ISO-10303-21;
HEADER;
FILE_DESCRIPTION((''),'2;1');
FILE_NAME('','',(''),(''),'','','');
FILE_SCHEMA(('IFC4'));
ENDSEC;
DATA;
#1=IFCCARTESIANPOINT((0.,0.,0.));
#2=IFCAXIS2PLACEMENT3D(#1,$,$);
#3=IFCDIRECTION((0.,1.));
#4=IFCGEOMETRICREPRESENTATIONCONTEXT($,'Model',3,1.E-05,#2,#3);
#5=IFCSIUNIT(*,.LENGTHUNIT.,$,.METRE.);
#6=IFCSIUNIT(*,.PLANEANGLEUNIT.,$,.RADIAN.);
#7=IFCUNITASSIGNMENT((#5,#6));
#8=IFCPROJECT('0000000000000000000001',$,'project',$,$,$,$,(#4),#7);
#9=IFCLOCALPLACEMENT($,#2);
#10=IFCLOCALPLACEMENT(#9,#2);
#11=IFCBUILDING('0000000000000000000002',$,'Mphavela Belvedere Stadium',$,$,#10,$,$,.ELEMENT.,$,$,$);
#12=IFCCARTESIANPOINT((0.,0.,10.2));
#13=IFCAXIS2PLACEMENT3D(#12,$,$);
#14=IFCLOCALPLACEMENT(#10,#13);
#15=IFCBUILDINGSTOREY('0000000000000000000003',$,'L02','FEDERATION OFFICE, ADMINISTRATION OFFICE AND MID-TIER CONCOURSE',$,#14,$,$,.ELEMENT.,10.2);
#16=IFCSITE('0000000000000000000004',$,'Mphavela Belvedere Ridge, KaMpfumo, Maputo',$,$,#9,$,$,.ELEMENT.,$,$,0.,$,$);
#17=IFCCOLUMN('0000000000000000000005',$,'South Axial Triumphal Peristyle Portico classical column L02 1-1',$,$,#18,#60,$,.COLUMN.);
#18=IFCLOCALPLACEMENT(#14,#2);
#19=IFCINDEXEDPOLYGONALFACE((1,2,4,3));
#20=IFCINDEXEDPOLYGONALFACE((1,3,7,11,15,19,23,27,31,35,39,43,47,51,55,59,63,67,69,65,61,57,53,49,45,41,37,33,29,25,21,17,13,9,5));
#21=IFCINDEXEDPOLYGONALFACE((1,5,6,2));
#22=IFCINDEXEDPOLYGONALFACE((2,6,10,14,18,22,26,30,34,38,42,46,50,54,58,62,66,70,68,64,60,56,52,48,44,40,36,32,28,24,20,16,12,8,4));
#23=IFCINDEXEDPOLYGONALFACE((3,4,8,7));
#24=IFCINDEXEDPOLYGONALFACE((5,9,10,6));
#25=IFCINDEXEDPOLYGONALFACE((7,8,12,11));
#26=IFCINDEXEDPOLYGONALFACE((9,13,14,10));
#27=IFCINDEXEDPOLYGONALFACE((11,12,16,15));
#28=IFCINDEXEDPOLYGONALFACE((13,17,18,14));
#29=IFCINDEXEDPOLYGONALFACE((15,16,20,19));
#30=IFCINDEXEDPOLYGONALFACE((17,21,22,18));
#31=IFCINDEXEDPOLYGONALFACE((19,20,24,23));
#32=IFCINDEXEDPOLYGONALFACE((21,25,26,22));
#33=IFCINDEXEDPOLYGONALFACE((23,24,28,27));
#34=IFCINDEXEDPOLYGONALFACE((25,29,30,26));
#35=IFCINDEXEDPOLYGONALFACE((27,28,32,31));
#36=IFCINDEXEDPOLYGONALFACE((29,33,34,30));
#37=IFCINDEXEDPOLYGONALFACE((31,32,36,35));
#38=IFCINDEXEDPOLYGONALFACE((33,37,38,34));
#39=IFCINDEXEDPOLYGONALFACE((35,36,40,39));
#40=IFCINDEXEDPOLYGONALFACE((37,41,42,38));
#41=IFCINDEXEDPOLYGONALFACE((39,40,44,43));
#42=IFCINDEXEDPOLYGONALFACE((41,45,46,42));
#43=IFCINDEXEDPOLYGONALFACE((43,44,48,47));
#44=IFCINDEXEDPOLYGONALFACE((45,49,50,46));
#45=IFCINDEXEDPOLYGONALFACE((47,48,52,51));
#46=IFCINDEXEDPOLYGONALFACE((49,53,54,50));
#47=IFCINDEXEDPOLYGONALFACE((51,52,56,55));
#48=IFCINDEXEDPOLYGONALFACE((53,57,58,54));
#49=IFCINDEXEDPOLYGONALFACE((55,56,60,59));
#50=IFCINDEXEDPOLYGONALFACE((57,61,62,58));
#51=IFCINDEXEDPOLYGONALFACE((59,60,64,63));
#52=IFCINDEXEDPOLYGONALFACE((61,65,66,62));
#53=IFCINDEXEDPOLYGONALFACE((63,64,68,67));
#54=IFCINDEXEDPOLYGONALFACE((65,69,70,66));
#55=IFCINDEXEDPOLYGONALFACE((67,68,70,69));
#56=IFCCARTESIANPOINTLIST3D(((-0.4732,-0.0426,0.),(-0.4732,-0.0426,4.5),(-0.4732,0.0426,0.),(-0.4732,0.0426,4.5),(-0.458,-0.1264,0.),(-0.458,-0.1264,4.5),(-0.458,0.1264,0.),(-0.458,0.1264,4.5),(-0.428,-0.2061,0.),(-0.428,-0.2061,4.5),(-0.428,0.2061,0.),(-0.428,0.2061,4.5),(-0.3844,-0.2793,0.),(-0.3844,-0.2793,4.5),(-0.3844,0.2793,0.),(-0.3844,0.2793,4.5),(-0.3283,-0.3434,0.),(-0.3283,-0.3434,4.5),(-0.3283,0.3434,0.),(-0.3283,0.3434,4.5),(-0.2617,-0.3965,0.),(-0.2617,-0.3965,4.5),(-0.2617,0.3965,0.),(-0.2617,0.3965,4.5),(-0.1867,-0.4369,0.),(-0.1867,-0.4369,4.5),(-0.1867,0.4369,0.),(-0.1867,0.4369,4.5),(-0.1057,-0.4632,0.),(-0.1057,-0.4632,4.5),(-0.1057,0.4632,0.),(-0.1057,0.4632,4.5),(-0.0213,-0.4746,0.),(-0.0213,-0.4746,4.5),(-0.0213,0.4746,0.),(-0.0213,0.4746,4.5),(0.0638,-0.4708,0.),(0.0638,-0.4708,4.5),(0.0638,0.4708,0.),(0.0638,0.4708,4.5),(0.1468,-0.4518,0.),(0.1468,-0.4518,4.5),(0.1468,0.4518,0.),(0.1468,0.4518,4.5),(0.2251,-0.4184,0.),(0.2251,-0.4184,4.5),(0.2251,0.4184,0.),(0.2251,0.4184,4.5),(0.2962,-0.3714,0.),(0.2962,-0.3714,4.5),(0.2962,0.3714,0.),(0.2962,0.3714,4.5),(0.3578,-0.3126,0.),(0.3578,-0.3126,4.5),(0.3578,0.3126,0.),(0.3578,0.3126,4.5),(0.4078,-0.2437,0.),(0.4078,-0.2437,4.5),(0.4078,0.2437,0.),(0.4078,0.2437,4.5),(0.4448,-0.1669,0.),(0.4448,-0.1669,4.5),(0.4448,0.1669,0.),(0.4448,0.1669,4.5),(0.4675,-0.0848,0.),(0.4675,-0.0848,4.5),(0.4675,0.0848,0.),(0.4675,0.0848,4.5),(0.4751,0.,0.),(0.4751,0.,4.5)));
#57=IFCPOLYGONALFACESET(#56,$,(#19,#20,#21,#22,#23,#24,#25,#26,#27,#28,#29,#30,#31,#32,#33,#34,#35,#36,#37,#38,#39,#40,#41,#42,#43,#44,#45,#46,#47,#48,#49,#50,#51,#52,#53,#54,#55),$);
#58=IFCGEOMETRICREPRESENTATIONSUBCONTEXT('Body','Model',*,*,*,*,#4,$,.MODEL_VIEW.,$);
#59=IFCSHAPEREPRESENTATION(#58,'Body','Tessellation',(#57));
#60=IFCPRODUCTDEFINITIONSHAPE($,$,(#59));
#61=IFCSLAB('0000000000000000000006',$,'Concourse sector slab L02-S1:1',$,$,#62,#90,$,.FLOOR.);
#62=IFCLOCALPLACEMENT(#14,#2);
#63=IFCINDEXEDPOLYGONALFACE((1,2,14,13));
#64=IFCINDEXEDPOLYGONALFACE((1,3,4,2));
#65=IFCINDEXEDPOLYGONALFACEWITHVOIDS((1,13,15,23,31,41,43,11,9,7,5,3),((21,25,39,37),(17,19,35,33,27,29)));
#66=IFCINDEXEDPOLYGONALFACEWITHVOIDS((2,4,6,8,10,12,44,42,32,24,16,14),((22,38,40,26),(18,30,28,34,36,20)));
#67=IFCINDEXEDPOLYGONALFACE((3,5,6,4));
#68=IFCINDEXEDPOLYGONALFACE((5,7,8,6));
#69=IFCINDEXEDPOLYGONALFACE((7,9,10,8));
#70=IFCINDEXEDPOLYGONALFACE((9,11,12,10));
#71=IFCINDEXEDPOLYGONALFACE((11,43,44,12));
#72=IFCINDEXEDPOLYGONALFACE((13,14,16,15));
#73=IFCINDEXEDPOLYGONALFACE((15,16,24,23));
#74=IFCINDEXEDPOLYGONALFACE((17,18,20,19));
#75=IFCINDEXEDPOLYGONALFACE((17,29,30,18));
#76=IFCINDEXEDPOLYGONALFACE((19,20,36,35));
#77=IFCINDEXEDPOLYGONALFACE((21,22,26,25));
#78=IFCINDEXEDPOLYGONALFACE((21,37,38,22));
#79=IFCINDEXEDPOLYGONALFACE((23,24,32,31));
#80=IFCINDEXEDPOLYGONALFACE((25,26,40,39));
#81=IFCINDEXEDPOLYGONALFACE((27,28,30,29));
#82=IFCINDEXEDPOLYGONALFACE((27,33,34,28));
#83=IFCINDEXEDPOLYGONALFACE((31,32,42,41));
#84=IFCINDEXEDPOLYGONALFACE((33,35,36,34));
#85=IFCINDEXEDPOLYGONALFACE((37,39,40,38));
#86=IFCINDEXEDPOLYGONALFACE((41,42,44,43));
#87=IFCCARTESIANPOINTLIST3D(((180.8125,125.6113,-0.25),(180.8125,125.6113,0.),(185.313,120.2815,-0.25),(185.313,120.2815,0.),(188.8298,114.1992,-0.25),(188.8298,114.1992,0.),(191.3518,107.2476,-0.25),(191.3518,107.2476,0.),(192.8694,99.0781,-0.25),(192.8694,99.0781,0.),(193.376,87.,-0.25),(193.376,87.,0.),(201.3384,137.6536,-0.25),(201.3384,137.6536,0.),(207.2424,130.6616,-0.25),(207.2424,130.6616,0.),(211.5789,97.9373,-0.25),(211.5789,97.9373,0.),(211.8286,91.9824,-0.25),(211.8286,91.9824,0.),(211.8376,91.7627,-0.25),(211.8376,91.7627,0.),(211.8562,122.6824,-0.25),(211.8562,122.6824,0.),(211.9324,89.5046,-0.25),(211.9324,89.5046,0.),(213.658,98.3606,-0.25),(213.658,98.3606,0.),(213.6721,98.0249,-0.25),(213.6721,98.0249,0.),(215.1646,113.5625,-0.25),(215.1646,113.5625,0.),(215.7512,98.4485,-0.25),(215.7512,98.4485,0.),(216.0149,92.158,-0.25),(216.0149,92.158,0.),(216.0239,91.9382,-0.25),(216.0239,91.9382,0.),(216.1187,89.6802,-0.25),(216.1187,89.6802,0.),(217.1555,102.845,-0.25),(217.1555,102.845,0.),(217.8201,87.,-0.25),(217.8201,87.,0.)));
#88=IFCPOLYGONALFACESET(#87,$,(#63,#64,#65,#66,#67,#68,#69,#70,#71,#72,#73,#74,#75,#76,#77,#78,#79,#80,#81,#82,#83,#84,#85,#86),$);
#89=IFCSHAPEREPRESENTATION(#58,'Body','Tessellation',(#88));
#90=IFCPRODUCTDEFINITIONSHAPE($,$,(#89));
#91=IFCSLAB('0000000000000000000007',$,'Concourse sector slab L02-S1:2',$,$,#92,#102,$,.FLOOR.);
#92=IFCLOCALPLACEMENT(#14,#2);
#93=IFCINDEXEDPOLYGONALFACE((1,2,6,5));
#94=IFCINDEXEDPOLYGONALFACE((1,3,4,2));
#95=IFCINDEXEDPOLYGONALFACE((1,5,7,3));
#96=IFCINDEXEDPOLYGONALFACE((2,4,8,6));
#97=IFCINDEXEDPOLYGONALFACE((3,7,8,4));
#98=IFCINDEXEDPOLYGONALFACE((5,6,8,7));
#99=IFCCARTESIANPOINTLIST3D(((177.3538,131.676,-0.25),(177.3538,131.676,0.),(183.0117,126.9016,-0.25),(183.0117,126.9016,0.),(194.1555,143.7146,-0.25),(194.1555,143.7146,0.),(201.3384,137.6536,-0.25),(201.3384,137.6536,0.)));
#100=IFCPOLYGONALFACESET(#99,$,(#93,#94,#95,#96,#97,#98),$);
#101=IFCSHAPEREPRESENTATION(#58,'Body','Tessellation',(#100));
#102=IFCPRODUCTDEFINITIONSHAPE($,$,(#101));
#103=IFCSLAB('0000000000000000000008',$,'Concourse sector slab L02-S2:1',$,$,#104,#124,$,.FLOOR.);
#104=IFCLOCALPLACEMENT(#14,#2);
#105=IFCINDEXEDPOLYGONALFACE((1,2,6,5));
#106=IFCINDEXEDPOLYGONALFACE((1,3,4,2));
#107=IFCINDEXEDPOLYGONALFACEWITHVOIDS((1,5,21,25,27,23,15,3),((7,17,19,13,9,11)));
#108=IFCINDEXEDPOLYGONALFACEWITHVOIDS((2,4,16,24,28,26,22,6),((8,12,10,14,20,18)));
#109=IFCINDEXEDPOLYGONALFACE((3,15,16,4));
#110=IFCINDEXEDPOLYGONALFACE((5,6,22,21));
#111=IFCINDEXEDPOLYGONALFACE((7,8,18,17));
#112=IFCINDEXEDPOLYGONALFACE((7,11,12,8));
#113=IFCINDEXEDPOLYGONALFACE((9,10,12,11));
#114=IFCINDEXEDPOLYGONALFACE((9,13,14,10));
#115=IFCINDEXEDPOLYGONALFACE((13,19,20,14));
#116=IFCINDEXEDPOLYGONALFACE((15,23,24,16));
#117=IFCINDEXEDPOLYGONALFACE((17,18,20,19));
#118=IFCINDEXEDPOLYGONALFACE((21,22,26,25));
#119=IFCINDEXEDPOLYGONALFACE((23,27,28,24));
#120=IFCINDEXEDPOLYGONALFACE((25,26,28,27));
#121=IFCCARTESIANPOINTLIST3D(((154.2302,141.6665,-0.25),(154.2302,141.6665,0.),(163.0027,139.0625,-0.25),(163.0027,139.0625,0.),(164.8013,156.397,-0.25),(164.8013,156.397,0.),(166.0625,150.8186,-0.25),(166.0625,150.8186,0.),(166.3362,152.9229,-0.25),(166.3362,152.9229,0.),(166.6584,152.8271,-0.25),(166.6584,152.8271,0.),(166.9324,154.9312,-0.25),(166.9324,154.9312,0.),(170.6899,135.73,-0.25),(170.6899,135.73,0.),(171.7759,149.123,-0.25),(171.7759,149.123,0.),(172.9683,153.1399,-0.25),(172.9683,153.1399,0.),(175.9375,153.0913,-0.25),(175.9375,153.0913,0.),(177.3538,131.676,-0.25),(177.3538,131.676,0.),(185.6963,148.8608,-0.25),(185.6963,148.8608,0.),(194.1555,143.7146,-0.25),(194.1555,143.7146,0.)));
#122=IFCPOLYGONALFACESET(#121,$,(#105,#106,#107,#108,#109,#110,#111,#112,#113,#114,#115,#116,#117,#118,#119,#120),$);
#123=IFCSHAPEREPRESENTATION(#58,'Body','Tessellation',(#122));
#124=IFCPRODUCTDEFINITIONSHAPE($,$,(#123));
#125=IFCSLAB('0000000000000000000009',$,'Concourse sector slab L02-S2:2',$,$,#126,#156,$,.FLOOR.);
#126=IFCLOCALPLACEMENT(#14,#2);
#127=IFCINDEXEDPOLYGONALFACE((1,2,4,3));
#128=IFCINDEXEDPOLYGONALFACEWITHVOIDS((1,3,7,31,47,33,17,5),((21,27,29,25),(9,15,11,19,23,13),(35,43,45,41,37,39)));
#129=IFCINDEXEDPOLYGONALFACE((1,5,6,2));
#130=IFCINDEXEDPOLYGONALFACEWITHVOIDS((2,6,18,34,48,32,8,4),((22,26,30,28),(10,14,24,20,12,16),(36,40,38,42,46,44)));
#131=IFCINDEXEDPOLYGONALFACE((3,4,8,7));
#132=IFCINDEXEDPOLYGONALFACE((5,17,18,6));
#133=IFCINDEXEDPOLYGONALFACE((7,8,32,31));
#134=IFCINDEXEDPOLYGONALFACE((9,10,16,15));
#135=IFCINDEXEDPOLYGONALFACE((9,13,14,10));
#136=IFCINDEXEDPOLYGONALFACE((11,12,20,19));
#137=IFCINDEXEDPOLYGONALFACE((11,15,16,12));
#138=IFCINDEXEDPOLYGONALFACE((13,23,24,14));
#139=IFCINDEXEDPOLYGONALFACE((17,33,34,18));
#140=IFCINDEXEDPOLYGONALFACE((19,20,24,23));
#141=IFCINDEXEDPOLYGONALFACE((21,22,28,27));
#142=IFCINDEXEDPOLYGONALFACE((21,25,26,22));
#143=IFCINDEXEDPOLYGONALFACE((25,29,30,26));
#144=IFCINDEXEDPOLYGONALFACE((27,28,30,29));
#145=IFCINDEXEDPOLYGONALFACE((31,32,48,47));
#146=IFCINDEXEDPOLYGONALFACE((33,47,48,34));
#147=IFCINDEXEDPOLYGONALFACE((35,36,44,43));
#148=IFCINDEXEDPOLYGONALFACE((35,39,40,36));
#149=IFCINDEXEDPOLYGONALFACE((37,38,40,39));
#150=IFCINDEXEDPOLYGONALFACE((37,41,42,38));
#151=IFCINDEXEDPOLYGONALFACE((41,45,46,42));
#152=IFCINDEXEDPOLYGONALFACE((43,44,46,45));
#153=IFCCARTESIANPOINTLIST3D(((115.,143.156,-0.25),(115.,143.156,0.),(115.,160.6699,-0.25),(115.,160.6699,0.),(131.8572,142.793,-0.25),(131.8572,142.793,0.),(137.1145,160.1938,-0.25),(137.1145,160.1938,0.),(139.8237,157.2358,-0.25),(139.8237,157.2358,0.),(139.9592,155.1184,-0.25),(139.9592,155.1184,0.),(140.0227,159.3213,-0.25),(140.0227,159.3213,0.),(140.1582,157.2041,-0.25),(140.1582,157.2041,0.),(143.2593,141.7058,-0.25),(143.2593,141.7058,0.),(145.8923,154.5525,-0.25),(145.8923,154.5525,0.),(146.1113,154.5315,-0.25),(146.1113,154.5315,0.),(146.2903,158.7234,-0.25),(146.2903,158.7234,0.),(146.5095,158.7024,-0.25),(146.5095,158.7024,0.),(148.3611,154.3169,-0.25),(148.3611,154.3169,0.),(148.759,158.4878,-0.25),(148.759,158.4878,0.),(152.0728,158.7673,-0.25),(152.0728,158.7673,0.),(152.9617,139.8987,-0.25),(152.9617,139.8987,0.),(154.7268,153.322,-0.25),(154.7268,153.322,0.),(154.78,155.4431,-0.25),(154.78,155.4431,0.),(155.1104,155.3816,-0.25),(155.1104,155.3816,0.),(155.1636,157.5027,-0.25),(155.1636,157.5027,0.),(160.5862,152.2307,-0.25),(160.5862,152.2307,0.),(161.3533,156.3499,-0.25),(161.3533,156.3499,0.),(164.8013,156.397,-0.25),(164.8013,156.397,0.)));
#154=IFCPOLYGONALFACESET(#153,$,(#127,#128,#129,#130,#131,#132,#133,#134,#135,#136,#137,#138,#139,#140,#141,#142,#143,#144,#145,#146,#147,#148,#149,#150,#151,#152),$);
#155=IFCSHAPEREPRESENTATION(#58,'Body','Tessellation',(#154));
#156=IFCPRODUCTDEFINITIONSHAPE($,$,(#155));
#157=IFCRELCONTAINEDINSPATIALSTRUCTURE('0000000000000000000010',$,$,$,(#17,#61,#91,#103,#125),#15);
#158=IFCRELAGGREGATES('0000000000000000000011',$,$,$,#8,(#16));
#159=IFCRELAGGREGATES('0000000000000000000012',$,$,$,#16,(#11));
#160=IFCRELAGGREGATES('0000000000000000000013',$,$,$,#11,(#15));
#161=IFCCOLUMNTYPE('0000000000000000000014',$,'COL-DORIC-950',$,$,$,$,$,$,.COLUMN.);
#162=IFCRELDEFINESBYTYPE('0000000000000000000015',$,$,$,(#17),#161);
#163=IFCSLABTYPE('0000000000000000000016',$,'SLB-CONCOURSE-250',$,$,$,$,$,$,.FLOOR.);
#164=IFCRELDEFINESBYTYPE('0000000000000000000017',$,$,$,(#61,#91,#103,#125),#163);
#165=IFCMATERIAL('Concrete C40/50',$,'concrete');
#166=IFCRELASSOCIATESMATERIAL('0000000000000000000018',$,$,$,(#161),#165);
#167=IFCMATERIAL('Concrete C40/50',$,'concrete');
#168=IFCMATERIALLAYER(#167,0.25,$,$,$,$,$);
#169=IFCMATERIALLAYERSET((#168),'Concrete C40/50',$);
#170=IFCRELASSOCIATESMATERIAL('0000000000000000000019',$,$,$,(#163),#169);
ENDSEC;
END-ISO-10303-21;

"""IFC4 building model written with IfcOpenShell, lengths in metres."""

from ifc_helpers import new_model, si_unit, direction, frame, origin, origin_with_axes, origin_2d, place, context, subcontext, project, spatial, polyline, circle, outline, extrude, material, layer, layer_set, material_profile, profile_set, type_object, element, save


model = new_model("IFC4")

# Units and contexts
model_context = context("Model", 3, precision=1e-05, world=origin(), true_north=direction((0.0, 1.0)))
body_context = subcontext(model_context, "Body", "Model", "MODEL_VIEW")
ifc_project = project(units=[si_unit("LENGTHUNIT", "METRE"), si_unit("PLANEANGLEUNIT", "RADIAN")], contexts=[model_context])

# Site, building, storey
site_placement = place(None, origin())
site = spatial("IfcSite", under=ifc_project, at=site_placement, Name="Mphavela Belvedere Ridge, KaMpfumo, Maputo", CompositionType="ELEMENT", RefElevation=0.0)
building_placement = place(site_placement, origin())
building = spatial("IfcBuilding", under=site, at=building_placement, Name="Mphavela Belvedere Stadium", CompositionType="ELEMENT")
storey_placement = place(building_placement, frame((0.0, 0.0, 10.2)))
storey = spatial("IfcBuildingStorey", under=building, at=storey_placement, Name="L02", Description="FEDERATION OFFICE, ADMINISTRATION OFFICE AND MID-TIER CONCOURSE", CompositionType="ELEMENT", Elevation=10.2)

# Column
ifc_material_1 = material(Name="Concrete C40/50", Category="concrete")
ifc_material_profile = material_profile(ifc_material_1, circle(Radius=0.4751, at=origin_2d()), Name="COL D950")
ifc_profile_set = profile_set([ifc_material_profile], Name="Concrete C40/50")
column_type = type_object("IfcColumnType", Name="COL-DORIC-950", PredefinedType="COLUMN", material=ifc_profile_set)
column_placement = place(storey_placement, origin_with_axes())
element("IfcColumn", 1, at=column_placement, inside=storey, type_object=column_type, Name="South Axial Triumphal Peristyle Portico classical column L02 1-1", PredefinedType="COLUMN", context=body_context, shape_type="SweptSolid", body=[
    extrude(circle(Radius=0.4751, at=origin_2d()), origin(), (0.0, 0.0, 1.0), 4.5),
])

# Slabs
ifc_material_2 = material(Name="Concrete C40/50", Category="concrete")
ifc_layer_1 = layer(ifc_material_2, 0.25)
ifc_layer_set_1 = layer_set([ifc_layer_1], Name="Concrete C40/50")
slab_type_1 = type_object("IfcSlabType", Name="SLB-CONCOURSE-250", PredefinedType="FLOOR", material=ifc_layer_set_1)
slab_1_placement = place(storey_placement, frame((0.0, 0.0, -0.25)))
element("IfcSlab", 2, at=slab_1_placement, inside=storey, type_object=slab_type_1, Name="Concourse sector slab L02-S1:1", PredefinedType="FLOOR", context=body_context, shape_type="SweptSolid", body=[
    extrude(outline(polyline([(207.2424, 130.6616), (211.8562, 122.6824), (215.1646, 113.5625), (217.1555, 102.845), (217.8201, 87.0), (193.376, 87.0), (192.8694, 99.0781), (191.3518, 107.2476), (188.8298, 114.1992), (185.313, 120.2815), (180.8125, 125.6113), (201.3384, 137.6536), (207.2424, 130.6616)]), holes=[polyline([(216.0149, 92.158), (215.7512, 98.4485), (213.658, 98.3606), (213.6721, 98.0249), (211.5789, 97.9373), (211.8286, 91.9824), (216.0149, 92.158)]), polyline([(216.1187, 89.6802), (216.0239, 91.9382), (211.8376, 91.7627), (211.9324, 89.5046), (216.1187, 89.6802)])]), origin(), (0.0, 0.0, 1.0), 0.25),
])
slab_2_placement = place(storey_placement, frame((0.0, 0.0, -0.25)))
element("IfcSlab", 3, at=slab_2_placement, inside=storey, type_object=slab_type_1, Name="Concourse sector slab L02-S1:2", PredefinedType="FLOOR", context=body_context, shape_type="SweptSolid", body=[
    extrude(outline(polyline([(201.3384, 137.6536), (183.0117, 126.9016), (177.3538, 131.676), (194.1555, 143.7146), (201.3384, 137.6536)])), origin(), (0.0, 0.0, 1.0), 0.25),
])
slab_3_placement = place(storey_placement, frame((0.0, 0.0, -0.25)))
element("IfcSlab", 4, at=slab_3_placement, inside=storey, type_object=slab_type_1, Name="Concourse sector slab L02-S2:1", PredefinedType="FLOOR", context=body_context, shape_type="SweptSolid", body=[
    extrude(outline(polyline([(170.6899, 135.73), (163.0027, 139.0625), (154.2302, 141.6665), (164.8013, 156.397), (175.9375, 153.0913), (185.6963, 148.8608), (194.1555, 143.7146), (177.3538, 131.676), (170.6899, 135.73)]), holes=[polyline([(172.9683, 153.1399), (166.9324, 154.9312), (166.3362, 152.9229), (166.6584, 152.8271), (166.0625, 150.8186), (171.7759, 149.123), (172.9683, 153.1399)])]), origin(), (0.0, 0.0, 1.0), 0.25),
])
slab_4_placement = place(storey_placement, frame((0.0, 0.0, -0.25)))
element("IfcSlab", 5, at=slab_4_placement, inside=storey, type_object=slab_type_1, Name="Concourse sector slab L02-S2:2", PredefinedType="FLOOR", context=body_context, shape_type="SweptSolid", body=[
    extrude(outline(polyline([(115.0, 160.6699), (137.1145, 160.1938), (152.0728, 158.7673), (164.8013, 156.397), (152.9617, 139.8987), (143.2593, 141.7058), (131.8572, 142.793), (115.0, 143.156), (115.0, 160.6699)]), holes=[polyline([(139.8237, 157.2358), (140.1582, 157.2041), (139.9592, 155.1184), (145.8923, 154.5525), (146.2903, 158.7234), (140.0227, 159.3213), (139.8237, 157.2358)]), polyline([(146.1113, 154.5315), (148.3611, 154.3169), (148.759, 158.4878), (146.5095, 158.7024), (146.1113, 154.5315)]), polyline([(160.5862, 152.2307), (161.3533, 156.3499), (155.1636, 157.5027), (154.78, 155.4431), (155.1104, 155.3816), (154.7268, 153.322), (160.5862, 152.2307)])]), origin(), (0.0, 0.0, 1.0), 0.25),
])

save(model, "model.ifc")
